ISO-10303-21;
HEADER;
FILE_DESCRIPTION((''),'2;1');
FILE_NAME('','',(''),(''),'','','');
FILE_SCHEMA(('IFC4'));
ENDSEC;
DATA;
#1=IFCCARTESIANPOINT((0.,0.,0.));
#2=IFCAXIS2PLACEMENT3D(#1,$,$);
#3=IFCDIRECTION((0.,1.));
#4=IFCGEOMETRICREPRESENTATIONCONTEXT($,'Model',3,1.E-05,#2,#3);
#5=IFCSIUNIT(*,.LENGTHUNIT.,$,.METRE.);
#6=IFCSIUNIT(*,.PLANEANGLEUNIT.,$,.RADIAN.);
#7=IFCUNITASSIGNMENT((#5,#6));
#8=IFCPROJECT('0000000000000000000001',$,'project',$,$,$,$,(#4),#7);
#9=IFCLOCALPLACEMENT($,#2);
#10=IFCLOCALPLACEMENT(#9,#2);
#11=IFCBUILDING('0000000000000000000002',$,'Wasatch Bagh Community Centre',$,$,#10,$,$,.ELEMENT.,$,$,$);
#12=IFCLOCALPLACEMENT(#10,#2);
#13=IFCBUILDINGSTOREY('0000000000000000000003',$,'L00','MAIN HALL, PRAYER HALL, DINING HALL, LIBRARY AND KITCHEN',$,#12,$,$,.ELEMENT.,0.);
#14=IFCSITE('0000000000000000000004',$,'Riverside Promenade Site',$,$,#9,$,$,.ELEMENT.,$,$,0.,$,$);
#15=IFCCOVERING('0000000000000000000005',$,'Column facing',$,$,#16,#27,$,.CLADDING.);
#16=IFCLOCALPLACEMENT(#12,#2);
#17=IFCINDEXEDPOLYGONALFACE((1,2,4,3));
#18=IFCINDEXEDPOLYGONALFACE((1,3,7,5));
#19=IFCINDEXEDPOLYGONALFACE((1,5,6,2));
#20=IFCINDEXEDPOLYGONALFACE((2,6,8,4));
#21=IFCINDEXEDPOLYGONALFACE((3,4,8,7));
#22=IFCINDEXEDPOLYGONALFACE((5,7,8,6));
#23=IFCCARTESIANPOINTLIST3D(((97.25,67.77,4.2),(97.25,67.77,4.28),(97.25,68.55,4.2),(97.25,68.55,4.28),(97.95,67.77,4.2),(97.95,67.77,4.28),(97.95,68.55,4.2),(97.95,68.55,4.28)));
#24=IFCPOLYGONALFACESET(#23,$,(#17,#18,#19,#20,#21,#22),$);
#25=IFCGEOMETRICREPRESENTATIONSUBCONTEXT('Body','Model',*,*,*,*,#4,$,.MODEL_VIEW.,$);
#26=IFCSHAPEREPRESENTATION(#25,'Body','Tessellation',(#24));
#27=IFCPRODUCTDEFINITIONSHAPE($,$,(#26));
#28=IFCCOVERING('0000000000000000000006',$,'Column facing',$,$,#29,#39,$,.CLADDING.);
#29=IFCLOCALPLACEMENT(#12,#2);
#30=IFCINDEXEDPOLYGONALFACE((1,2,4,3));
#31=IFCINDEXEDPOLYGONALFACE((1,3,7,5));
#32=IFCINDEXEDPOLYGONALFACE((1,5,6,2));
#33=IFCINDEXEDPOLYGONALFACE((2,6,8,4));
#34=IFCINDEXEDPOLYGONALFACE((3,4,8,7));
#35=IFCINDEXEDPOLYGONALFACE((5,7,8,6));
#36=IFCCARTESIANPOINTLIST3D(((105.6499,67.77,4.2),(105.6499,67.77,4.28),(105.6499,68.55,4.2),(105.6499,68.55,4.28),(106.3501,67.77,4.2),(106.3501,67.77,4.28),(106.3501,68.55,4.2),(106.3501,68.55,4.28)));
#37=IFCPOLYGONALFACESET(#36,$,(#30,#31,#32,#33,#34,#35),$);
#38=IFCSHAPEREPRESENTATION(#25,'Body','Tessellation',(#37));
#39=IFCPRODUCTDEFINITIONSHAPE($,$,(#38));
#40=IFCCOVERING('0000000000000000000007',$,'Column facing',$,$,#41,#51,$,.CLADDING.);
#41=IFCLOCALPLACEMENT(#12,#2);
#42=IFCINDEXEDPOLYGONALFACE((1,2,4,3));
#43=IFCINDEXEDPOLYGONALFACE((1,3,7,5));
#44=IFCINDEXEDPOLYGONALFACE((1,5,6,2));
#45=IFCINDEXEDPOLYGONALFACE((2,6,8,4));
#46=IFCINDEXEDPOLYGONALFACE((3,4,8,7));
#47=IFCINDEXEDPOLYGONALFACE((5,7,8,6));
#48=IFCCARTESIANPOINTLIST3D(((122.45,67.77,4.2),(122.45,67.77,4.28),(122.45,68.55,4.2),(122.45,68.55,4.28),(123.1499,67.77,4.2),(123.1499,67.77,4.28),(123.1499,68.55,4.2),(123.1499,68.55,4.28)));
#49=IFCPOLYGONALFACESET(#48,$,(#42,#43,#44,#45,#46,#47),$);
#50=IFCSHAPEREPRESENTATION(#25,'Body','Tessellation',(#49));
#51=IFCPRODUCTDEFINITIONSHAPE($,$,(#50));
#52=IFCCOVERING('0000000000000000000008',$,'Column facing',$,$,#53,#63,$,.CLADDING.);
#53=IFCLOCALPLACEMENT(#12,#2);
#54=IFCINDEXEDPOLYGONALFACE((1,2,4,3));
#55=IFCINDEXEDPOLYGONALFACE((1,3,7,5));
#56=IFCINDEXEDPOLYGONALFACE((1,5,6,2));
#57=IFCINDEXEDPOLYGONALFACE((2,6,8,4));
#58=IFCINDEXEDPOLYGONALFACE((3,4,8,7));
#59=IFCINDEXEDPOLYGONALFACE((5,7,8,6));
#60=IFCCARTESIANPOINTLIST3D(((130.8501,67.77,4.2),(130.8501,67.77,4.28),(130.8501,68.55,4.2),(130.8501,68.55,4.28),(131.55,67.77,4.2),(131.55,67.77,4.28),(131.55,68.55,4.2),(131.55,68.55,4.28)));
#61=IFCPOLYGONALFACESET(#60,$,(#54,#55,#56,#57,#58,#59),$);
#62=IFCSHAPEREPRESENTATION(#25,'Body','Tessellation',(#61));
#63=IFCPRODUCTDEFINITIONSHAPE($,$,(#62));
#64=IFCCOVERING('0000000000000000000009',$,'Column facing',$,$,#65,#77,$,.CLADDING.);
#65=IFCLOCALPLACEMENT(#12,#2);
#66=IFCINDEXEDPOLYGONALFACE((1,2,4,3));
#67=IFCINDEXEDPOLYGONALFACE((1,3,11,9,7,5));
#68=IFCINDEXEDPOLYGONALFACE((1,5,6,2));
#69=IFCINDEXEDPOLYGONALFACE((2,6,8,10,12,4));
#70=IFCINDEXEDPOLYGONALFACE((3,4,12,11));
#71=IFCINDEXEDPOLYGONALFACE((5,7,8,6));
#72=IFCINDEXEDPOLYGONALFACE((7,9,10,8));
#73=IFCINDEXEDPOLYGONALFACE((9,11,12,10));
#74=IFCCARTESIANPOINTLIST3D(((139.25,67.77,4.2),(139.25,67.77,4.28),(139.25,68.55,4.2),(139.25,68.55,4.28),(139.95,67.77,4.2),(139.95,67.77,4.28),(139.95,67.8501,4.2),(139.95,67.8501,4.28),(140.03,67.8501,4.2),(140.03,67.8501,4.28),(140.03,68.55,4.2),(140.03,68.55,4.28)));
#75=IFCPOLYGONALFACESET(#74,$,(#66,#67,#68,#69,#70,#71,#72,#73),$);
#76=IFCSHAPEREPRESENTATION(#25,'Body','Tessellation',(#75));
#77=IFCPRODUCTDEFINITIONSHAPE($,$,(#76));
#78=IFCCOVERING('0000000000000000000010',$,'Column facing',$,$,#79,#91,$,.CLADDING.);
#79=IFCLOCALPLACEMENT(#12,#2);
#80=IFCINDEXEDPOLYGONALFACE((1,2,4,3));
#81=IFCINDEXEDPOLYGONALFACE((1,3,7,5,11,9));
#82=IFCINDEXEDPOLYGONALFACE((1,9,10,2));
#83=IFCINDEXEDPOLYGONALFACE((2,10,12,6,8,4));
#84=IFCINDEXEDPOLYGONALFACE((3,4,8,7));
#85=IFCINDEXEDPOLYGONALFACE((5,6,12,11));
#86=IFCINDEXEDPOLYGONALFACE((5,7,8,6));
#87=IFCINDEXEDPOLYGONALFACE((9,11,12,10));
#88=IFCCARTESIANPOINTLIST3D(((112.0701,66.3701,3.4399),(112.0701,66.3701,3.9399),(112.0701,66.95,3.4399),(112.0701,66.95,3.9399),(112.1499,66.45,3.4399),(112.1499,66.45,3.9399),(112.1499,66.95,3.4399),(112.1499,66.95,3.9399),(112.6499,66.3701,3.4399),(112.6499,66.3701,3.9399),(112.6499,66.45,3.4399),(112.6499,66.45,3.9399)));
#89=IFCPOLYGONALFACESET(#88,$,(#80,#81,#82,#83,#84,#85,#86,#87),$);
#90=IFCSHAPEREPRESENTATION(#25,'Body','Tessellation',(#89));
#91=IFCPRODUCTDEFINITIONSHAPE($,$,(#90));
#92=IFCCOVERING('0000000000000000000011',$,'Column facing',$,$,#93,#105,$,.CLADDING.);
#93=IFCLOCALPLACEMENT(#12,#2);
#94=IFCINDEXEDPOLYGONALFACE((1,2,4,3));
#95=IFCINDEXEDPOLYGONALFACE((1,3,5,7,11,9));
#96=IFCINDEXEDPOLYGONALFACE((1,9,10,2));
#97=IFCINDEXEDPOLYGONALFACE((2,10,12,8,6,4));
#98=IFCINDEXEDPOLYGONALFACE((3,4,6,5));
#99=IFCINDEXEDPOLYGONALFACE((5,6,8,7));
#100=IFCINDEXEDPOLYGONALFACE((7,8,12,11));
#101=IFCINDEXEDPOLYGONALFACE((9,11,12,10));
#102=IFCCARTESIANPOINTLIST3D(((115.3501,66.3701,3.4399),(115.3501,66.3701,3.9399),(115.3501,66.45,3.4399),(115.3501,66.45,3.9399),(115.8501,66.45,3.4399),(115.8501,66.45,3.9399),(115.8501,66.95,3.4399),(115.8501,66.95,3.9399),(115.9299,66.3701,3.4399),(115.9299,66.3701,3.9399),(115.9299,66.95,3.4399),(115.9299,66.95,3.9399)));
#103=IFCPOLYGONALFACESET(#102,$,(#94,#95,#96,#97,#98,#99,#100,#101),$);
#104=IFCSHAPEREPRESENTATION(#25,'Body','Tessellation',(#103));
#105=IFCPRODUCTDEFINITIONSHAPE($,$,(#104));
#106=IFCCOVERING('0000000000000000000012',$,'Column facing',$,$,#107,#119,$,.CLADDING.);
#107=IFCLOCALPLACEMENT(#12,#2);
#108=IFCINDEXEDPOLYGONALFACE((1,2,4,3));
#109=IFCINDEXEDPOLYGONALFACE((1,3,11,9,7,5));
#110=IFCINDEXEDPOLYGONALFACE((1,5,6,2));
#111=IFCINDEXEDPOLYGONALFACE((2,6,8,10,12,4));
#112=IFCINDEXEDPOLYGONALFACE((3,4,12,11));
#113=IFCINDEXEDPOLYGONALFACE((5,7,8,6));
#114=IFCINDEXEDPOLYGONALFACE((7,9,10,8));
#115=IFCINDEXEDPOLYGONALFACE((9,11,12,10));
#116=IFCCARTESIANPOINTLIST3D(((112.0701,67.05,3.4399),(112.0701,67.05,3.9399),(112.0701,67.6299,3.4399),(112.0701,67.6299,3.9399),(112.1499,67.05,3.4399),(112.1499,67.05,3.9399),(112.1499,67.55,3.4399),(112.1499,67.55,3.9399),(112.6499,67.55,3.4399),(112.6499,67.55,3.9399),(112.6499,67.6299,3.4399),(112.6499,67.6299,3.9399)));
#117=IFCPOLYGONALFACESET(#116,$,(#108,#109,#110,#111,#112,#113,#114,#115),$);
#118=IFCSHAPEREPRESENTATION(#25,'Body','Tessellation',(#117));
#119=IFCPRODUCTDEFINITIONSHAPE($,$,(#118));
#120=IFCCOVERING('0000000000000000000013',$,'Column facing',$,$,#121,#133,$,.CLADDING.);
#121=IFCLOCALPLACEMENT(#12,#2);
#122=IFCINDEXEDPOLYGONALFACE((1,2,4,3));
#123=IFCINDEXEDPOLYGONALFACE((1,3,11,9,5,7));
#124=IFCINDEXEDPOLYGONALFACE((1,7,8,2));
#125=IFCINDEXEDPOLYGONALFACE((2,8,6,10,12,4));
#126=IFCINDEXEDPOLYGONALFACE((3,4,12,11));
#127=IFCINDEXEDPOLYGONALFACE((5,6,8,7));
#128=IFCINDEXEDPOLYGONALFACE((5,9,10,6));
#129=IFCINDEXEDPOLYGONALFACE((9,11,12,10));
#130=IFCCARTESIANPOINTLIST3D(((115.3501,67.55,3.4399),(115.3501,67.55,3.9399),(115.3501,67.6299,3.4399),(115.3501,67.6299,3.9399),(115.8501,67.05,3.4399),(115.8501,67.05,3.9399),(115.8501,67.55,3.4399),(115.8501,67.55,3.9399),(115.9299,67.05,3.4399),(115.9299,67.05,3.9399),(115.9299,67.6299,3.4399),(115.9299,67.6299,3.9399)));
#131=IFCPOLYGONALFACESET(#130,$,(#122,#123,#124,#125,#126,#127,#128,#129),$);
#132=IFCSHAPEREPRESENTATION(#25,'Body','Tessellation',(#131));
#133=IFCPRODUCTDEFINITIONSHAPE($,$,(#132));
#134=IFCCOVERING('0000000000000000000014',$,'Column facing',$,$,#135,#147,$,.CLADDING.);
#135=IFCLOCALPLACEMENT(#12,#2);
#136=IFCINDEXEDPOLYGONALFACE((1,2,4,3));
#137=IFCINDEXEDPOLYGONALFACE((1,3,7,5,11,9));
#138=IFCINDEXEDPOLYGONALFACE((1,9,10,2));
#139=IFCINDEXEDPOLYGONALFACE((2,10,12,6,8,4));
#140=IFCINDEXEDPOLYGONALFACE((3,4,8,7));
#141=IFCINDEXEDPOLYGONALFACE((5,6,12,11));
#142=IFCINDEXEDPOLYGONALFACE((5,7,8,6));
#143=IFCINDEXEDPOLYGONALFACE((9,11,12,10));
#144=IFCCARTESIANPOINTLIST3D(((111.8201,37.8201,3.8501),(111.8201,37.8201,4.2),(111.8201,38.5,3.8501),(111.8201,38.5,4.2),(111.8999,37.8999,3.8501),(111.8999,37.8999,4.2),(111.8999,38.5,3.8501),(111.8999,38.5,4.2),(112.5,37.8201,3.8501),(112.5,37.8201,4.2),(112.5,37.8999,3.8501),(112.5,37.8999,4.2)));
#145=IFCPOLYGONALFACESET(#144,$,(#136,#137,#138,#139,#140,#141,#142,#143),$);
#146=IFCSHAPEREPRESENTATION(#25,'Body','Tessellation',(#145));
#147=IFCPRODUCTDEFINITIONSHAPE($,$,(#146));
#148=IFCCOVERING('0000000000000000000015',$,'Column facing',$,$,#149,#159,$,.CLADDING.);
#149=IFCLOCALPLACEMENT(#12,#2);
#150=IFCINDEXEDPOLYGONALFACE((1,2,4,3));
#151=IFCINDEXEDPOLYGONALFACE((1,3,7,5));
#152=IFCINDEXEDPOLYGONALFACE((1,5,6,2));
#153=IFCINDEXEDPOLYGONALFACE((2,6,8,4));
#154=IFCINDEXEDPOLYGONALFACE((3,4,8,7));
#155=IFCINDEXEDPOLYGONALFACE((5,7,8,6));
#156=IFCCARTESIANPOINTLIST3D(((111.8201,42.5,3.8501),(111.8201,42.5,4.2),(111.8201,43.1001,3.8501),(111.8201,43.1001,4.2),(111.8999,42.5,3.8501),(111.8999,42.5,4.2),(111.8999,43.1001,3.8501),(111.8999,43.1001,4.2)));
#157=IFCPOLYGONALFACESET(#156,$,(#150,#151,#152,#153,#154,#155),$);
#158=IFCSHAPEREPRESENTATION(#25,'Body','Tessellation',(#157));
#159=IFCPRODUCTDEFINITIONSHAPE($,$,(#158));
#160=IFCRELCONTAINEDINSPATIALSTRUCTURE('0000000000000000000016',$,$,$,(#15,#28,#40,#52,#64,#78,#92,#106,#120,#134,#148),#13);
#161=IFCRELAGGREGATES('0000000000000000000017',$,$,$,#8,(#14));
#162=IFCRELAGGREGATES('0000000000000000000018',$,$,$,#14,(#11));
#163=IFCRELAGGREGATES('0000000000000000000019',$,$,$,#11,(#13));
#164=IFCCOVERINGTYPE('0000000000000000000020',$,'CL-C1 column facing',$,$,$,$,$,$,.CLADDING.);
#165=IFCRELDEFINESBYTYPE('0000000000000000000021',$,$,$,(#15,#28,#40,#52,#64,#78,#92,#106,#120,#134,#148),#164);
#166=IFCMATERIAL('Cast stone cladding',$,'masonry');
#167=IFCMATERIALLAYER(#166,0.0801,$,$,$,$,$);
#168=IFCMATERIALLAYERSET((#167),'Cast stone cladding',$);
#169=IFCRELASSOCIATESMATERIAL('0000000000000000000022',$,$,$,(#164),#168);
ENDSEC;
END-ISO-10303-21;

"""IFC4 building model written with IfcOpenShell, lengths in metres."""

from ifc_helpers import new_model, si_unit, direction, frame, origin, place, context, subcontext, project, spatial, polyline, outline, extrude, material, layer, layer_set, type_object, element, save


model = new_model("IFC4")

# Units and contexts
model_context = context("Model", 3, precision=1e-05, world=origin(), true_north=direction((0.0, 1.0)))
body_context = subcontext(model_context, "Body", "Model", "MODEL_VIEW")
ifc_project = project(units=[si_unit("LENGTHUNIT", "METRE"), si_unit("PLANEANGLEUNIT", "RADIAN")], contexts=[model_context])

# Site, building, storey
site_placement = place(None, origin())
site = spatial("IfcSite", under=ifc_project, at=site_placement, Name="Riverside Promenade Site", CompositionType="ELEMENT", RefElevation=0.0)
building_placement = place(site_placement, origin())
building = spatial("IfcBuilding", under=site, at=building_placement, Name="Wasatch Bagh Community Centre", CompositionType="ELEMENT")
storey_placement = place(building_placement, origin())
storey = spatial("IfcBuildingStorey", under=building, at=storey_placement, Name="L00", Description="MAIN HALL, PRAYER HALL, DINING HALL, LIBRARY AND KITCHEN", CompositionType="ELEMENT", Elevation=0.0)

# Coverings
ifc_material = material(Name="Cast stone cladding", Category="masonry")
ifc_layer_1 = layer(ifc_material, 0.0801)
ifc_layer_set_1 = layer_set([ifc_layer_1], Name="Cast stone cladding")
covering_type_1 = type_object("IfcCoveringType", Name="CL-C1 column facing", PredefinedType="CLADDING", material=ifc_layer_set_1)
covering_1_placement = place(storey_placement, frame((0.0, 0.0, 4.2)))
element("IfcCovering", 1, at=covering_1_placement, inside=storey, type_object=covering_type_1, Name="Column facing", PredefinedType="CLADDING", context=body_context, shape_type="SweptSolid", body=[
    extrude(outline(polyline([(97.95, 67.77), (97.25, 67.77), (97.25, 68.55), (97.95, 68.55), (97.95, 67.77)])), origin(), (0.0, 0.0, 1.0), 0.0801),
])
covering_2_placement = place(storey_placement, frame((0.0, 0.0, 4.2)))
element("IfcCovering", 2, at=covering_2_placement, inside=storey, type_object=covering_type_1, Name="Column facing", PredefinedType="CLADDING", context=body_context, shape_type="SweptSolid", body=[
    extrude(outline(polyline([(106.3501, 67.77), (105.6499, 67.77), (105.6499, 68.55), (106.3501, 68.55), (106.3501, 67.77)])), origin(), (0.0, 0.0, 1.0), 0.0801),
])
covering_3_placement = place(storey_placement, frame((0.0, 0.0, 4.2)))
element("IfcCovering", 3, at=covering_3_placement, inside=storey, type_object=covering_type_1, Name="Column facing", PredefinedType="CLADDING", context=body_context, shape_type="SweptSolid", body=[
    extrude(outline(polyline([(123.1499, 67.77), (122.45, 67.77), (122.45, 68.55), (123.1499, 68.55), (123.1499, 67.77)])), origin(), (0.0, 0.0, 1.0), 0.0801),
])
covering_4_placement = place(storey_placement, frame((0.0, 0.0, 4.2)))
element("IfcCovering", 4, at=covering_4_placement, inside=storey, type_object=covering_type_1, Name="Column facing", PredefinedType="CLADDING", context=body_context, shape_type="SweptSolid", body=[
    extrude(outline(polyline([(131.55, 67.77), (130.8501, 67.77), (130.8501, 68.55), (131.55, 68.55), (131.55, 67.77)])), origin(), (0.0, 0.0, 1.0), 0.0801),
])
covering_5_placement = place(storey_placement, frame((0.0, 0.0, 4.2)))
element("IfcCovering", 5, at=covering_5_placement, inside=storey, type_object=covering_type_1, Name="Column facing", PredefinedType="CLADDING", context=body_context, shape_type="SweptSolid", body=[
    extrude(outline(polyline([(139.95, 67.77), (139.25, 67.77), (139.25, 68.55), (140.03, 68.55), (140.03, 67.8501), (139.95, 67.8501), (139.95, 67.77)])), origin(), (0.0, 0.0, 1.0), 0.0801),
])
covering_6_placement = place(storey_placement, frame((0.0, 0.0, 3.4399)))
element("IfcCovering", 6, at=covering_6_placement, inside=storey, type_object=covering_type_1, Name="Column facing", PredefinedType="CLADDING", context=body_context, shape_type="SweptSolid", body=[
    extrude(outline(polyline([(112.0701, 66.3701), (112.0701, 66.95), (112.1499, 66.95), (112.1499, 66.45), (112.6499, 66.45), (112.6499, 66.3701), (112.0701, 66.3701)])), origin(), (0.0, 0.0, 1.0), 0.5),
])
covering_7_placement = place(storey_placement, frame((0.0, 0.0, 3.4399)))
element("IfcCovering", 7, at=covering_7_placement, inside=storey, type_object=covering_type_1, Name="Column facing", PredefinedType="CLADDING", context=body_context, shape_type="SweptSolid", body=[
    extrude(outline(polyline([(115.8501, 66.45), (115.8501, 66.95), (115.9299, 66.95), (115.9299, 66.3701), (115.3501, 66.3701), (115.3501, 66.45), (115.8501, 66.45)])), origin(), (0.0, 0.0, 1.0), 0.5),
])
covering_8_placement = place(storey_placement, frame((0.0, 0.0, 3.4399)))
element("IfcCovering", 8, at=covering_8_placement, inside=storey, type_object=covering_type_1, Name="Column facing", PredefinedType="CLADDING", context=body_context, shape_type="SweptSolid", body=[
    extrude(outline(polyline([(112.1499, 67.05), (112.0701, 67.05), (112.0701, 67.6299), (112.6499, 67.6299), (112.6499, 67.55), (112.1499, 67.55), (112.1499, 67.05)])), origin(), (0.0, 0.0, 1.0), 0.5),
])
covering_9_placement = place(storey_placement, frame((0.0, 0.0, 3.4399)))
element("IfcCovering", 9, at=covering_9_placement, inside=storey, type_object=covering_type_1, Name="Column facing", PredefinedType="CLADDING", context=body_context, shape_type="SweptSolid", body=[
    extrude(outline(polyline([(115.8501, 67.55), (115.3501, 67.55), (115.3501, 67.6299), (115.9299, 67.6299), (115.9299, 67.05), (115.8501, 67.05), (115.8501, 67.55)])), origin(), (0.0, 0.0, 1.0), 0.5),
])
covering_10_placement = place(storey_placement, frame((0.0, 0.0, 3.8501)))
element("IfcCovering", 10, at=covering_10_placement, inside=storey, type_object=covering_type_1, Name="Column facing", PredefinedType="CLADDING", context=body_context, shape_type="SweptSolid", body=[
    extrude(outline(polyline([(111.8201, 37.8201), (111.8201, 38.5), (111.8999, 38.5), (111.8999, 37.8999), (112.5, 37.8999), (112.5, 37.8201), (111.8201, 37.8201)])), origin(), (0.0, 0.0, 1.0), 0.3499),
])
covering_11_placement = place(storey_placement, frame((0.0, 0.0, 3.8501)))
element("IfcCovering", 11, at=covering_11_placement, inside=storey, type_object=covering_type_1, Name="Column facing", PredefinedType="CLADDING", context=body_context, shape_type="SweptSolid", body=[
    extrude(outline(polyline([(111.8999, 43.1001), (111.8999, 42.5), (111.8201, 42.5), (111.8201, 43.1001), (111.8999, 43.1001)])), origin(), (0.0, 0.0, 1.0), 0.3499),
])

save(model, "model.ifc")
